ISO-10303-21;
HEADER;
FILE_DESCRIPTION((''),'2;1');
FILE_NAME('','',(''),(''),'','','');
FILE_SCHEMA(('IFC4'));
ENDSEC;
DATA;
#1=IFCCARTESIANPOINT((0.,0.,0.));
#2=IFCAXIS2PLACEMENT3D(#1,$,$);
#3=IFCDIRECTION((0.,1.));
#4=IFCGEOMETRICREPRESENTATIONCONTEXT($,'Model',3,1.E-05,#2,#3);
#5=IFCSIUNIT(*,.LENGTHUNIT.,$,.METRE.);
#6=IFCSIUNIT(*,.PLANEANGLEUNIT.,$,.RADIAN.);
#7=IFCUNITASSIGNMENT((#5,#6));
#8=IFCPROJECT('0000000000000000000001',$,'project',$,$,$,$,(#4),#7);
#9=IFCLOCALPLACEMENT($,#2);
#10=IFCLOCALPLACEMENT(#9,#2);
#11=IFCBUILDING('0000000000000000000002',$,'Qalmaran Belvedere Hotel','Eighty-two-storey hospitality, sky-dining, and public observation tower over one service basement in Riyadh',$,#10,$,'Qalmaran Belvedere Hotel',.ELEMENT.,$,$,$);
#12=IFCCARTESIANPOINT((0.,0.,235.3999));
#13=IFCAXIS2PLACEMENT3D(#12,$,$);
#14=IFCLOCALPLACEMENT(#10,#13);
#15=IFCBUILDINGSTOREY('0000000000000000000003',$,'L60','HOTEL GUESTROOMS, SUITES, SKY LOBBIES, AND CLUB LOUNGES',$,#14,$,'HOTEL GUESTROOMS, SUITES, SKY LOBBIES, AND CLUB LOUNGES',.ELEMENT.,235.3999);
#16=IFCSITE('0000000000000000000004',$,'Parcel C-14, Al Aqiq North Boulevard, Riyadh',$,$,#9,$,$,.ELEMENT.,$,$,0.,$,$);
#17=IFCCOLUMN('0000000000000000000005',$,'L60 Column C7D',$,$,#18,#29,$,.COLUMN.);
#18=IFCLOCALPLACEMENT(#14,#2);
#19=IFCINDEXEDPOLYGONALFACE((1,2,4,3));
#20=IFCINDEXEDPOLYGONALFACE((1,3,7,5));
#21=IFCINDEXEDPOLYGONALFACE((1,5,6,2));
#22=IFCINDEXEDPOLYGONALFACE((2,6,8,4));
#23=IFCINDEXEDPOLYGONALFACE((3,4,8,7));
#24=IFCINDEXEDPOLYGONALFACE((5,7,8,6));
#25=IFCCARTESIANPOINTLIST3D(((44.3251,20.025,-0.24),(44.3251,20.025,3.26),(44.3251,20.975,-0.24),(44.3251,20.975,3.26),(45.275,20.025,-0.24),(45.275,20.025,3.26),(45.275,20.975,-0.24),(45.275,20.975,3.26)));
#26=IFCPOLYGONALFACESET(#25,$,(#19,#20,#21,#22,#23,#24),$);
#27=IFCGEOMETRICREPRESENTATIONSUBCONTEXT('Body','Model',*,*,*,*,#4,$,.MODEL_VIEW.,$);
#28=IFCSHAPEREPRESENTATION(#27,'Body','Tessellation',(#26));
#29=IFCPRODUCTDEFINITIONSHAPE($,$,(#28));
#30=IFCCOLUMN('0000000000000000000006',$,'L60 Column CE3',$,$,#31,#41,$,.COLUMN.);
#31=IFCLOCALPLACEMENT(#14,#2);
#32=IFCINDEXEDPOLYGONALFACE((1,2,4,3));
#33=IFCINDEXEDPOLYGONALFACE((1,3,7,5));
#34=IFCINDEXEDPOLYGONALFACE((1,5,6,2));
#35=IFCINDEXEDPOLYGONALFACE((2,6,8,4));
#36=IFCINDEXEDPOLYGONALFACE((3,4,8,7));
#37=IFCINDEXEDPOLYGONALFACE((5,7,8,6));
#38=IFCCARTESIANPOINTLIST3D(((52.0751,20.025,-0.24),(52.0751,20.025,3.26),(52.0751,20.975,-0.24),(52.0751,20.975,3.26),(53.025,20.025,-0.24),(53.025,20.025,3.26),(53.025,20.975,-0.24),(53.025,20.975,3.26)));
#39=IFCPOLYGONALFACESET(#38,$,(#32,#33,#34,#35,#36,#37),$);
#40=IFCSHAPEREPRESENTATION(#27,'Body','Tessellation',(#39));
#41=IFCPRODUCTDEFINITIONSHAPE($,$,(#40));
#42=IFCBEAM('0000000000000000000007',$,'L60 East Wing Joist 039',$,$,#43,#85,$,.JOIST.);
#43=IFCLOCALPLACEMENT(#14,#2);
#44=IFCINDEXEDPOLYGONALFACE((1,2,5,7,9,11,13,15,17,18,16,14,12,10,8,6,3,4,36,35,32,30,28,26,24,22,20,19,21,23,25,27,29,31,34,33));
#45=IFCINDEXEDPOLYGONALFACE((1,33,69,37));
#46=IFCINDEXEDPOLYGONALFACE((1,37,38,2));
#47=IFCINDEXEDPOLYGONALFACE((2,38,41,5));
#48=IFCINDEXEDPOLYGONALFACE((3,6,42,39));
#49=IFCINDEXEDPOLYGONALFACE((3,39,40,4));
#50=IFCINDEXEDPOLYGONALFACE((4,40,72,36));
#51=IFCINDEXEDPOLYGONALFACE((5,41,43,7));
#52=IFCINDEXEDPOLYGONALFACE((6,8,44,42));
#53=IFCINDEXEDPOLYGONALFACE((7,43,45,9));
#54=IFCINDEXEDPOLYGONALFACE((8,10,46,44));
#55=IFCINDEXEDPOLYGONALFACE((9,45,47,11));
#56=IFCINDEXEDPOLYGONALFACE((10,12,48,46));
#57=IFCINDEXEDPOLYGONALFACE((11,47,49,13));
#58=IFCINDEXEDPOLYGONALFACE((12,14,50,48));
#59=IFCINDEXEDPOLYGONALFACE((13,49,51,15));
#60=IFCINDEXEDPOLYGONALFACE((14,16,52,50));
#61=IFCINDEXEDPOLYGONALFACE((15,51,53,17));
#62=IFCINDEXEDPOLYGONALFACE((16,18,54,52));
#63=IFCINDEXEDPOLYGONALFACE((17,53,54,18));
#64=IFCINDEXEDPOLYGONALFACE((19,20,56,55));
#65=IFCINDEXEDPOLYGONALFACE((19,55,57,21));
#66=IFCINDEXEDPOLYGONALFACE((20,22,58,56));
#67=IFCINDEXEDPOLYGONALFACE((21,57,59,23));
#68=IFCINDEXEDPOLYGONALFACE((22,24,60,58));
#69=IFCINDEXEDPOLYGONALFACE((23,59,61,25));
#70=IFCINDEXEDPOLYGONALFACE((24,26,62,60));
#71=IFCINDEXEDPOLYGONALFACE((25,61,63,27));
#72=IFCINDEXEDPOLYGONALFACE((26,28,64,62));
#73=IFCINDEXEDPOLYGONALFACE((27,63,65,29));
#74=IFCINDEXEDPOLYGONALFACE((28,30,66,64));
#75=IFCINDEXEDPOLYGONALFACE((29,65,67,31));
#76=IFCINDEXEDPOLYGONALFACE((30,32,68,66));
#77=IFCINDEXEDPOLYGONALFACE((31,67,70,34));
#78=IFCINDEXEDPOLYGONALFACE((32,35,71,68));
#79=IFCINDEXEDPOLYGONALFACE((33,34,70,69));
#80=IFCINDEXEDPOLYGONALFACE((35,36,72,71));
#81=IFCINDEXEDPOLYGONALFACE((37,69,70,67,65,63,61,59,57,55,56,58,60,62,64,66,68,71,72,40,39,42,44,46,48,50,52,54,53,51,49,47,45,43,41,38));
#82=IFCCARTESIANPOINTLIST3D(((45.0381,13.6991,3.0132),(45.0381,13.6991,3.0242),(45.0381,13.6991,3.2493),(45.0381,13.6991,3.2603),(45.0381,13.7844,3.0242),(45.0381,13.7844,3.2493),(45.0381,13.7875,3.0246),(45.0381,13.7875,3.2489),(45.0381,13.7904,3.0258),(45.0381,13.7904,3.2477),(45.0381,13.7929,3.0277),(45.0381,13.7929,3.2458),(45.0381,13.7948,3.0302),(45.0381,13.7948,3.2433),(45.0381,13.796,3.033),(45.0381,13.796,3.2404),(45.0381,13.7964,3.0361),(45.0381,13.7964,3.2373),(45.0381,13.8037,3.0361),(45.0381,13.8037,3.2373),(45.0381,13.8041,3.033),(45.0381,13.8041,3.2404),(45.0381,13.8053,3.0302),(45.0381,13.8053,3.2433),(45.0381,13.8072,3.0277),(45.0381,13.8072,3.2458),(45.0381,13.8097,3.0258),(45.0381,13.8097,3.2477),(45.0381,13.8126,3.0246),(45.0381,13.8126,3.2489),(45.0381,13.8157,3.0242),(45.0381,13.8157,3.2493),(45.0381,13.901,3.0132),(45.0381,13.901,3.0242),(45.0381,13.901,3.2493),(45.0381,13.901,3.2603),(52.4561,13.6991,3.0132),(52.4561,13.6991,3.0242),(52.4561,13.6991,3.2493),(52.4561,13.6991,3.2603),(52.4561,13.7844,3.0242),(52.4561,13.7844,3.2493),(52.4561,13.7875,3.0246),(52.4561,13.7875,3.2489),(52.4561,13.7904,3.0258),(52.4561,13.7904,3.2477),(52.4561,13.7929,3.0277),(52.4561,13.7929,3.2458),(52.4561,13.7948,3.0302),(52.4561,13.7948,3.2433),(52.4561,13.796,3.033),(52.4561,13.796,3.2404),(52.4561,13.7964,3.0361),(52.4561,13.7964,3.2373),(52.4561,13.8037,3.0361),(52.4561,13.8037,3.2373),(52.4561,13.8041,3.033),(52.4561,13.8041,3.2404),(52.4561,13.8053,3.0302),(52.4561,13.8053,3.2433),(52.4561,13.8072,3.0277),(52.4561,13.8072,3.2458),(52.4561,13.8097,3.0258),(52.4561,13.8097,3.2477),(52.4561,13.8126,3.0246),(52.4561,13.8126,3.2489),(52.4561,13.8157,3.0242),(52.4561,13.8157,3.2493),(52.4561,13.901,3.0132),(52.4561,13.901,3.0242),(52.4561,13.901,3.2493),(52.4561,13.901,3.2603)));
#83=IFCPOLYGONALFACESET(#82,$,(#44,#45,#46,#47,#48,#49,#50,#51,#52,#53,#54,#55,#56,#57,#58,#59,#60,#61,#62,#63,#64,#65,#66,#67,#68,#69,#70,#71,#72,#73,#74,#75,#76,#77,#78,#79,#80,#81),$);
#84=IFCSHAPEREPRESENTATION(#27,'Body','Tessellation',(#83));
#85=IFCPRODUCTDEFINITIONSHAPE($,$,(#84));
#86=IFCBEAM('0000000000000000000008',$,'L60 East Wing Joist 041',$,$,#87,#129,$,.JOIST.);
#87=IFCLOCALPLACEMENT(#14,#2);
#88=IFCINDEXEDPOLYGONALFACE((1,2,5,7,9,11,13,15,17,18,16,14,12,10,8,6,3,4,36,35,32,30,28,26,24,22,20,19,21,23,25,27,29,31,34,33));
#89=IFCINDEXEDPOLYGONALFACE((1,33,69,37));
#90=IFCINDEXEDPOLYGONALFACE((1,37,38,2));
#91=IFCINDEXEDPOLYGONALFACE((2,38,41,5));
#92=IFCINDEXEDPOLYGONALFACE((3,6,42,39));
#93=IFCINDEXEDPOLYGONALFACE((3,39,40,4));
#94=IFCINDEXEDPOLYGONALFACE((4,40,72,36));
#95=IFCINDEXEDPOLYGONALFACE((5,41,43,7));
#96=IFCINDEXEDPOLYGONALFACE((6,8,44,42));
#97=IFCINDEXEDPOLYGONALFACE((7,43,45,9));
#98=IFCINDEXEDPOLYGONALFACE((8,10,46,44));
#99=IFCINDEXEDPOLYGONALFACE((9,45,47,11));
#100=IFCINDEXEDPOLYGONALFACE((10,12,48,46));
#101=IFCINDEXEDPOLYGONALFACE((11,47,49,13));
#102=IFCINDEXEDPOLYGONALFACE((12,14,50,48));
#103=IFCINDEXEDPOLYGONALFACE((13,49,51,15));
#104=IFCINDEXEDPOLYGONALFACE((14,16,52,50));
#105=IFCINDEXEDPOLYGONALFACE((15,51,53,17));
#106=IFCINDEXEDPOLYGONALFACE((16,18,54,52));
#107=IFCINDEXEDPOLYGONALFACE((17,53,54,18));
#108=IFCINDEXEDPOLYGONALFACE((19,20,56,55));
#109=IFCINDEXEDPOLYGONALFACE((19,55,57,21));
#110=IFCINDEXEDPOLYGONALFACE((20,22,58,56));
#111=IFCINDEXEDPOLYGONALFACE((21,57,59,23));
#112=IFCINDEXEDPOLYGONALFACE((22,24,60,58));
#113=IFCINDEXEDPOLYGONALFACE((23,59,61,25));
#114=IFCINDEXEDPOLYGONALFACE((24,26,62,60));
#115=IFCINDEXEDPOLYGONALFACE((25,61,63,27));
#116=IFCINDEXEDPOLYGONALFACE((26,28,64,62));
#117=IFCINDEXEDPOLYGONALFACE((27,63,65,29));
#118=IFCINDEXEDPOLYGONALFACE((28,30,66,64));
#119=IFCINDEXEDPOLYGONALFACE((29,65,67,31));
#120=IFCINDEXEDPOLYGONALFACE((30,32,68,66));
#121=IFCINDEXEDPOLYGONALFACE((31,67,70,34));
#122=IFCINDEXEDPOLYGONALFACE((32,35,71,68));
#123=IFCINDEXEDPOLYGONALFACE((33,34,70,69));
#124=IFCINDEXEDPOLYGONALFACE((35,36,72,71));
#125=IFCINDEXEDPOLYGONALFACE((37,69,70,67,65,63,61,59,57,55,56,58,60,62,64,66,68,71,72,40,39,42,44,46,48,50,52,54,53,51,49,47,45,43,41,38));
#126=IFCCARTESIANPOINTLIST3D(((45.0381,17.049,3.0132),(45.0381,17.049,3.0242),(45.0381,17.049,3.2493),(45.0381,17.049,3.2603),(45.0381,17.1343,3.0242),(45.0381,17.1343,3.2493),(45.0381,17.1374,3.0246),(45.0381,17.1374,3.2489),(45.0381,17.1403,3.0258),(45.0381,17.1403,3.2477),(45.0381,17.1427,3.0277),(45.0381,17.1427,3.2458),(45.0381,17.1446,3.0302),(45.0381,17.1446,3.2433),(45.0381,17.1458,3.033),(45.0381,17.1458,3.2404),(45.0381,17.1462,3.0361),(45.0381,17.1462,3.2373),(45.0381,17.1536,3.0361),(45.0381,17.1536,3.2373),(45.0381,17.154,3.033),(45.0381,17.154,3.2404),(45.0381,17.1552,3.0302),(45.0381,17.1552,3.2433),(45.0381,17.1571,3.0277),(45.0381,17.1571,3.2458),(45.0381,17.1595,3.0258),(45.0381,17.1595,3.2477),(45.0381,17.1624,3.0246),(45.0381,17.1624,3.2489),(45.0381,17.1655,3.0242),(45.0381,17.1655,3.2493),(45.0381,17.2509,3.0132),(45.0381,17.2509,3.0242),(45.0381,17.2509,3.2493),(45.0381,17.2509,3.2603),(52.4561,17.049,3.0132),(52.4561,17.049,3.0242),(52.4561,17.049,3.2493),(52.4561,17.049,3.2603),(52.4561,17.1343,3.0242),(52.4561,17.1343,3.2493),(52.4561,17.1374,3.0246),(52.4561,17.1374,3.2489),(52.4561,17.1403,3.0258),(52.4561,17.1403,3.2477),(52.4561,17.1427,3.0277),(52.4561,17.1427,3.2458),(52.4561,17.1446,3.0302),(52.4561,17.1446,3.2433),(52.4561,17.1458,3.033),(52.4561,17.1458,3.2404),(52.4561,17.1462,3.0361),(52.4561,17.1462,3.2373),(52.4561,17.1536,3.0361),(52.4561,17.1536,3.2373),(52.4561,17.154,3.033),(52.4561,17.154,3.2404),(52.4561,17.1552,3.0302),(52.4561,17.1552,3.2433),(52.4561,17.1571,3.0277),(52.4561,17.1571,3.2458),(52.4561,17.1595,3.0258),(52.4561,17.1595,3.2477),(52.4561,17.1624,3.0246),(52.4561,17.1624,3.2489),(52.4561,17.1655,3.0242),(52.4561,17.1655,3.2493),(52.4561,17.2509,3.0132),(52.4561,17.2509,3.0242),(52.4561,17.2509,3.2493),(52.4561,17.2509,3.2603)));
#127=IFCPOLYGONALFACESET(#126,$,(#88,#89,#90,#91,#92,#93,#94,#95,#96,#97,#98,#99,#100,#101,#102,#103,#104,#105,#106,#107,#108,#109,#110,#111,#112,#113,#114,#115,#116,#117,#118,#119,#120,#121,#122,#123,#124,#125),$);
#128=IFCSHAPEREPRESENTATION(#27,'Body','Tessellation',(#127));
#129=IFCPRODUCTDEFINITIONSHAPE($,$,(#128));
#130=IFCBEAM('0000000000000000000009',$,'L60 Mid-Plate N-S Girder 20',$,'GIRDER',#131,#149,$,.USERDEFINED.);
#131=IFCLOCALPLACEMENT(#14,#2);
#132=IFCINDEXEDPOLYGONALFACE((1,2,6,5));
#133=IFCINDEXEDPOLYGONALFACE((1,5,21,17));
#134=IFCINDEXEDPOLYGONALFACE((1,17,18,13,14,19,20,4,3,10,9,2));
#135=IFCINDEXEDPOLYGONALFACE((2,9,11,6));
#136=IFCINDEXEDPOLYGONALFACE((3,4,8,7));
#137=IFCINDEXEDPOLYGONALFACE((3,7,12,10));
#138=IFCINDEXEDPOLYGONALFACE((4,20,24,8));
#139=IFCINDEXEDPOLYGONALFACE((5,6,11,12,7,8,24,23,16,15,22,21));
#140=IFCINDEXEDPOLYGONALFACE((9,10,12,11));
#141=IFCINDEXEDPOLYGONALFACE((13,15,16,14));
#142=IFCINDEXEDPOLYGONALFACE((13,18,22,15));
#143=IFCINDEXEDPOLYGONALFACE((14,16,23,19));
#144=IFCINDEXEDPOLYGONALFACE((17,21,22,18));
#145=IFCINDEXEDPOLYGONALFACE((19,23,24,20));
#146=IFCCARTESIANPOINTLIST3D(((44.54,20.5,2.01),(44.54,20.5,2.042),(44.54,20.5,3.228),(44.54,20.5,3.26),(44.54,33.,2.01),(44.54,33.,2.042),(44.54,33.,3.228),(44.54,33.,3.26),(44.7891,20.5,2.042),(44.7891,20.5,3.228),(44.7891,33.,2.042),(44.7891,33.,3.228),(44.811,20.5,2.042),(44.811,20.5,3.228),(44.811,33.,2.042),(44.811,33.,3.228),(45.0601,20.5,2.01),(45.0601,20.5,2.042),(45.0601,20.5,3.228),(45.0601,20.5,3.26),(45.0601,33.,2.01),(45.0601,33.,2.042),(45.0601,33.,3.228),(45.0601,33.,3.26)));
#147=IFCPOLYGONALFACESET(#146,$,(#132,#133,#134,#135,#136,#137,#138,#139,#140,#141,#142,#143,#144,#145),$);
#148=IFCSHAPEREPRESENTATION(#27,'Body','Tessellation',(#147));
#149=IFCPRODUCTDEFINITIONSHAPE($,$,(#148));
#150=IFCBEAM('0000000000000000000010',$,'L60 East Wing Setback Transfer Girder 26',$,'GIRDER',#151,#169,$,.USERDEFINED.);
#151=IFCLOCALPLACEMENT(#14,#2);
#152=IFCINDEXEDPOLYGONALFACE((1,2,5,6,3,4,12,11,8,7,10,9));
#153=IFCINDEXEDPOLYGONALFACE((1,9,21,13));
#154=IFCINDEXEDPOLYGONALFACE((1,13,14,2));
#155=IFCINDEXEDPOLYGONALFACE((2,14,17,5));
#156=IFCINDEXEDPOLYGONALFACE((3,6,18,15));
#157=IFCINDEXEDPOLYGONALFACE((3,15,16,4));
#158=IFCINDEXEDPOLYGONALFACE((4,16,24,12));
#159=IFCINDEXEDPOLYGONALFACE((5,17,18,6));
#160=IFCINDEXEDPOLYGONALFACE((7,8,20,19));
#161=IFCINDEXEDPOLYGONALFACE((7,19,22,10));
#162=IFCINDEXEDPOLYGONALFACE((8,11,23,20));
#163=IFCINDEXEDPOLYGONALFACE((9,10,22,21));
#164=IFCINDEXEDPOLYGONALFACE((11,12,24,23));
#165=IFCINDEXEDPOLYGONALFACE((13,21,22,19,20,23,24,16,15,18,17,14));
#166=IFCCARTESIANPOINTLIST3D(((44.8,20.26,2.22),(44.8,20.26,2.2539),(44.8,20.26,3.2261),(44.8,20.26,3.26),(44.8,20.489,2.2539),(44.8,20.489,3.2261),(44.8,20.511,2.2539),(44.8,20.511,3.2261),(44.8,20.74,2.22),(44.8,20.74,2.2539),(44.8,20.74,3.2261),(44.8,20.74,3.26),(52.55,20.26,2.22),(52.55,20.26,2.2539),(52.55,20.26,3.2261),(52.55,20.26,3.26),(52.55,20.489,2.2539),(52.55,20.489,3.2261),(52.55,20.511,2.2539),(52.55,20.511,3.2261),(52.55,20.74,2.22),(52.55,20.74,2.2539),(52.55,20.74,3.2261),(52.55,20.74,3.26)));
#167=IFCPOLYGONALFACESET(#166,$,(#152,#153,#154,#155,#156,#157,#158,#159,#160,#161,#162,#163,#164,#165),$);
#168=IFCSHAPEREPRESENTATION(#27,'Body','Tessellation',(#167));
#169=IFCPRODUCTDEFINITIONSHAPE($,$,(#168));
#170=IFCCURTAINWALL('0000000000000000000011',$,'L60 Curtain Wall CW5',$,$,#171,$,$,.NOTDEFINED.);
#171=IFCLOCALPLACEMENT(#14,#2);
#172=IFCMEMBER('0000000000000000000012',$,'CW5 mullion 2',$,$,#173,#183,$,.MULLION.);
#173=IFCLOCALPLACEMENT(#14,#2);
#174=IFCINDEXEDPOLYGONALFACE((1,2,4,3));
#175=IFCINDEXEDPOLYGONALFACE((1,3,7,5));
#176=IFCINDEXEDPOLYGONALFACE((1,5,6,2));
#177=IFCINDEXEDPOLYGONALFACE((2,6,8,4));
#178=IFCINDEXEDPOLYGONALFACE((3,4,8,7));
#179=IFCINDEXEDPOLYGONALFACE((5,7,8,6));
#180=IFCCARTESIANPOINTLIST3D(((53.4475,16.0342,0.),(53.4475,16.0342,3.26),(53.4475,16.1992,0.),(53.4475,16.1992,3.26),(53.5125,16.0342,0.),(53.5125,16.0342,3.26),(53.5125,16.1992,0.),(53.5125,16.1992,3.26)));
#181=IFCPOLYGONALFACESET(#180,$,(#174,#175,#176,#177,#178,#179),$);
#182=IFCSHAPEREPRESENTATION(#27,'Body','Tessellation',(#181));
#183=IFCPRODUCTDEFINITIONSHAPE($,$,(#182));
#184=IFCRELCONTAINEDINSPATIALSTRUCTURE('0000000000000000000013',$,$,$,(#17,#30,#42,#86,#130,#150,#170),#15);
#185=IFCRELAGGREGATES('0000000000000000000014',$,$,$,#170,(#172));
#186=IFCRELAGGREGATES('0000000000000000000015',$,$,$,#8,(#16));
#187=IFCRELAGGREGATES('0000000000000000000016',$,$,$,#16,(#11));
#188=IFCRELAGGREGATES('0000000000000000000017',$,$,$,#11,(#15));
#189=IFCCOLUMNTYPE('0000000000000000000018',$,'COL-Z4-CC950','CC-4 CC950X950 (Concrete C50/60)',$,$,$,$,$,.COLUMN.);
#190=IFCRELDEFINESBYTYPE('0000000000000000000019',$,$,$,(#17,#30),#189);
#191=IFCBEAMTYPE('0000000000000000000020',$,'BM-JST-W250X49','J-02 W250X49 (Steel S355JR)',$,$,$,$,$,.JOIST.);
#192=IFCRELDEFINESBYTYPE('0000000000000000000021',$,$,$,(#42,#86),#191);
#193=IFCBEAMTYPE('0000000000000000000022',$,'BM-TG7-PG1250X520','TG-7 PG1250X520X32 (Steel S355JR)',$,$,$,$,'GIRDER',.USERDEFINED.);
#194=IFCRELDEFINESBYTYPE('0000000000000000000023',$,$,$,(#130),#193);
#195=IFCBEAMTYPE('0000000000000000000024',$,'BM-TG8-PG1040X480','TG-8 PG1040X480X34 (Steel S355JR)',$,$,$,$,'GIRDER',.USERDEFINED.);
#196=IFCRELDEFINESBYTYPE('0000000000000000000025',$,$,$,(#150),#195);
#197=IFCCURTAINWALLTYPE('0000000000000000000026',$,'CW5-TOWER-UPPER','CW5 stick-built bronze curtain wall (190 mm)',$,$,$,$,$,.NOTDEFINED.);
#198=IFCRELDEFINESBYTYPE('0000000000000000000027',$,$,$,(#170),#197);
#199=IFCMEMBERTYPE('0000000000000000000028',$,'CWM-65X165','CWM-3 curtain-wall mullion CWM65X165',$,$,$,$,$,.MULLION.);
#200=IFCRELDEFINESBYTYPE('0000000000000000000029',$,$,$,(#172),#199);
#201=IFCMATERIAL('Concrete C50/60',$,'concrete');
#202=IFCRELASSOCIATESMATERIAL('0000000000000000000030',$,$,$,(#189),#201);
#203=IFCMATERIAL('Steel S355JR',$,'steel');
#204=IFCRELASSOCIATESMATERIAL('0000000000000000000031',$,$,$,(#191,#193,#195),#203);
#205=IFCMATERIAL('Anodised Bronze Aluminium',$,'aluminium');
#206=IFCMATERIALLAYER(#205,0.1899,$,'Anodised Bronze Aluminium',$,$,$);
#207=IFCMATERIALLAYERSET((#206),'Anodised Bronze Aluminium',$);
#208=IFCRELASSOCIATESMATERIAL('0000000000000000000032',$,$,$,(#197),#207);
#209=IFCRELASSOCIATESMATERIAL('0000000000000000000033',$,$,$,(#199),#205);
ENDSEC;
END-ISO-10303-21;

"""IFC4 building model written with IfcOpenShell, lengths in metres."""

from ifc_helpers import new_model, si_unit, direction, frame, origin, origin_2d, place, context, subcontext, project, spatial, rectangle, i_section, extrude, material, layer, layer_set, material_profile, profile_set, type_object, element, aggregate, save


model = new_model("IFC4")

# Units and contexts
model_context = context("Model", 3, precision=1e-05, world=origin(), true_north=direction((0.0, 1.0)))
body_context = subcontext(model_context, "Body", "Model", "MODEL_VIEW")
ifc_project = project(units=[si_unit("LENGTHUNIT", "METRE"), si_unit("PLANEANGLEUNIT", "RADIAN")], contexts=[model_context])

# Site, building, storey
site_placement = place(None, origin())
site = spatial("IfcSite", under=ifc_project, at=site_placement, Name="Parcel C-14, Al Aqiq North Boulevard, Riyadh", CompositionType="ELEMENT", RefElevation=0.0)
building_placement = place(site_placement, origin())
building = spatial("IfcBuilding", under=site, at=building_placement, Name="Qalmaran Belvedere Hotel", Description="Eighty-two-storey hospitality, sky-dining, and public observation tower over one service basement in Riyadh", LongName="Qalmaran Belvedere Hotel", CompositionType="ELEMENT")
storey_placement = place(building_placement, frame((0.0, 0.0, 235.3999)))
storey = spatial("IfcBuildingStorey", under=building, at=storey_placement, Name="L60", Description="HOTEL GUESTROOMS, SUITES, SKY LOBBIES, AND CLUB LOUNGES", LongName="HOTEL GUESTROOMS, SUITES, SKY LOBBIES, AND CLUB LOUNGES", CompositionType="ELEMENT", Elevation=235.3999)

# Columns
ifc_material_1 = material(Name="Concrete C50/60", Category="concrete")
ifc_material_profile_1 = material_profile(ifc_material_1, rectangle(XDim=0.95, YDim=0.95, at=origin_2d()), Name="CC950X950")
ifc_profile_set_1 = profile_set([ifc_material_profile_1], Name="Concrete C50/60")
column_type = type_object("IfcColumnType", Name="COL-Z4-CC950", Description="CC-4 CC950X950 (Concrete C50/60)", PredefinedType="COLUMN", material=ifc_profile_set_1)
for number, where, z_axis, x_axis, name in (
    (1, (44.8, 20.5, -0.24), (0.0, 0.0, 1.0), (1.0, 0.0, 0.0), "L60 Column C7D"),
    (2, (52.55, 20.5, -0.24), (0.0, 0.0, 1.0), (1.0, 0.0, 0.0), "L60 Column CE3"),
):
    element("IfcColumn", number, at=place(storey_placement, frame(where, z_axis=z_axis, x_axis=x_axis)), inside=storey, type_object=column_type, Name=name, PredefinedType="COLUMN", context=body_context, shape_type="SweptSolid", body=[
        extrude(rectangle(XDim=0.95, YDim=0.95, at=origin_2d()), origin(), (0.0, 0.0, 1.0), 3.5),
    ])

# Beams
ifc_material_2 = material(Name="Steel S355JR", Category="steel")
ifc_material_profile_2 = material_profile(ifc_material_2, i_section(OverallWidth=0.2019, OverallDepth=0.2471, WebThickness=0.0073, FlangeThickness=0.011, FilletRadius=0.012, at=origin_2d()), Name="W250X49")
ifc_profile_set_2 = profile_set([ifc_material_profile_2], Name="Steel S355JR")
beam_type_1 = type_object("IfcBeamType", Name="BM-JST-W250X49", Description="J-02 W250X49 (Steel S355JR)", PredefinedType="JOIST", material=ifc_profile_set_2)
for number, where, z_axis, x_axis, name in (
    (3, (45.0381, 13.8, 3.1367), (1.0, 0.0, 0.0), (0.0, 1.0, 0.0), "L60 East Wing Joist 039"),
    (4, (45.0381, 17.1499, 3.1367), (1.0, 0.0, 0.0), (0.0, 1.0, 0.0), "L60 East Wing Joist 041"),
):
    element("IfcBeam", number, at=place(storey_placement, frame(where, z_axis=z_axis, x_axis=x_axis)), inside=storey, type_object=beam_type_1, Name=name, PredefinedType="JOIST", context=body_context, shape_type="SweptSolid", body=[
        extrude(i_section(OverallWidth=0.2019, OverallDepth=0.2471, WebThickness=0.0073, FlangeThickness=0.011, FilletRadius=0.012, at=origin_2d()), origin(), (0.0, 0.0, 1.0), 7.418),
    ])
ifc_material_profile_3 = material_profile(ifc_material_2, i_section(OverallWidth=0.52, OverallDepth=1.25, WebThickness=0.022, FlangeThickness=0.032, at=origin_2d()), Name="PG1250X520X32")
ifc_profile_set_3 = profile_set([ifc_material_profile_3], Name="Steel S355JR")
beam_type_2 = type_object("IfcBeamType", Name="BM-TG7-PG1250X520", Description="TG-7 PG1250X520X32 (Steel S355JR)", ElementType="GIRDER", PredefinedType="USERDEFINED", material=ifc_profile_set_3)
beam_1_placement = place(storey_placement, frame((44.8, 20.5, 2.635), z_axis=(0.0, 1.0, 0.0), x_axis=(-1.0, 0.0, 0.0)))
element("IfcBeam", 5, at=beam_1_placement, inside=storey, type_object=beam_type_2, Name="L60 Mid-Plate N-S Girder 20", ObjectType="GIRDER", PredefinedType="USERDEFINED", context=body_context, shape_type="SweptSolid", body=[
    extrude(i_section(OverallWidth=0.52, OverallDepth=1.25, WebThickness=0.022, FlangeThickness=0.032, at=origin_2d()), origin(), (0.0, 0.0, 1.0), 12.5),
])
ifc_material_profile_4 = material_profile(ifc_material_2, i_section(OverallWidth=0.48, OverallDepth=1.04, WebThickness=0.022, FlangeThickness=0.0339, at=origin_2d()), Name="PG1040X480X34")
ifc_profile_set_4 = profile_set([ifc_material_profile_4], Name="Steel S355JR")
beam_type_3 = type_object("IfcBeamType", Name="BM-TG8-PG1040X480", Description="TG-8 PG1040X480X34 (Steel S355JR)", ElementType="GIRDER", PredefinedType="USERDEFINED", material=ifc_profile_set_4)
beam_2_placement = place(storey_placement, frame((44.8, 20.5, 2.74), z_axis=(1.0, 0.0, 0.0), x_axis=(0.0, 1.0, 0.0)))
element("IfcBeam", 6, at=beam_2_placement, inside=storey, type_object=beam_type_3, Name="L60 East Wing Setback Transfer Girder 26", ObjectType="GIRDER", PredefinedType="USERDEFINED", context=body_context, shape_type="SweptSolid", body=[
    extrude(i_section(OverallWidth=0.48, OverallDepth=1.04, WebThickness=0.022, FlangeThickness=0.0339, at=origin_2d()), origin(), (0.0, 0.0, 1.0), 7.75),
])

# Curtain wall, member
ifc_material_3 = material(Name="Anodised Bronze Aluminium", Category="aluminium")
ifc_layer_1 = layer(ifc_material_3, 0.1899, Name="Anodised Bronze Aluminium")
ifc_layer_set_1 = layer_set([ifc_layer_1], Name="Anodised Bronze Aluminium")
curtain_wall_type = type_object("IfcCurtainWallType", Name="CW5-TOWER-UPPER", Description="CW5 stick-built bronze curtain wall (190 mm)", PredefinedType="NOTDEFINED", material=ifc_layer_set_1)
curtain_wall_placement = place(storey_placement, origin())
curtain_wall = element("IfcCurtainWall", 7, at=curtain_wall_placement, inside=storey, type_object=curtain_wall_type, Name="L60 Curtain Wall CW5", PredefinedType="NOTDEFINED")
ifc_material_profile_5 = material_profile(ifc_material_3, rectangle(XDim=0.0649, YDim=0.165, at=origin_2d()), Name="CWM65X165")
ifc_profile_set_5 = profile_set([ifc_material_profile_5], Name="Anodised Bronze Aluminium")
member_type_1 = type_object("IfcMemberType", Name="CWM-65X165", Description="CWM-3 curtain-wall mullion CWM65X165", PredefinedType="MULLION", material=ifc_profile_set_5)
member_1_placement = place(storey_placement, frame((53.48, 16.1167, 0.0), z_axis=(0.0, 0.0, 1.0), x_axis=(-1.0, 0.0, 0.0)))
member_1 = element("IfcMember", 8, at=member_1_placement, type_object=member_type_1, Name="CW5 mullion 2", PredefinedType="MULLION", context=body_context, shape_type="SweptSolid", body=[
    extrude(rectangle(XDim=0.0649, YDim=0.165, at=origin_2d()), origin(), (0.0, 0.0, 1.0), 3.26),
])
aggregate(curtain_wall, [member_1])

save(model, "model.ifc")
